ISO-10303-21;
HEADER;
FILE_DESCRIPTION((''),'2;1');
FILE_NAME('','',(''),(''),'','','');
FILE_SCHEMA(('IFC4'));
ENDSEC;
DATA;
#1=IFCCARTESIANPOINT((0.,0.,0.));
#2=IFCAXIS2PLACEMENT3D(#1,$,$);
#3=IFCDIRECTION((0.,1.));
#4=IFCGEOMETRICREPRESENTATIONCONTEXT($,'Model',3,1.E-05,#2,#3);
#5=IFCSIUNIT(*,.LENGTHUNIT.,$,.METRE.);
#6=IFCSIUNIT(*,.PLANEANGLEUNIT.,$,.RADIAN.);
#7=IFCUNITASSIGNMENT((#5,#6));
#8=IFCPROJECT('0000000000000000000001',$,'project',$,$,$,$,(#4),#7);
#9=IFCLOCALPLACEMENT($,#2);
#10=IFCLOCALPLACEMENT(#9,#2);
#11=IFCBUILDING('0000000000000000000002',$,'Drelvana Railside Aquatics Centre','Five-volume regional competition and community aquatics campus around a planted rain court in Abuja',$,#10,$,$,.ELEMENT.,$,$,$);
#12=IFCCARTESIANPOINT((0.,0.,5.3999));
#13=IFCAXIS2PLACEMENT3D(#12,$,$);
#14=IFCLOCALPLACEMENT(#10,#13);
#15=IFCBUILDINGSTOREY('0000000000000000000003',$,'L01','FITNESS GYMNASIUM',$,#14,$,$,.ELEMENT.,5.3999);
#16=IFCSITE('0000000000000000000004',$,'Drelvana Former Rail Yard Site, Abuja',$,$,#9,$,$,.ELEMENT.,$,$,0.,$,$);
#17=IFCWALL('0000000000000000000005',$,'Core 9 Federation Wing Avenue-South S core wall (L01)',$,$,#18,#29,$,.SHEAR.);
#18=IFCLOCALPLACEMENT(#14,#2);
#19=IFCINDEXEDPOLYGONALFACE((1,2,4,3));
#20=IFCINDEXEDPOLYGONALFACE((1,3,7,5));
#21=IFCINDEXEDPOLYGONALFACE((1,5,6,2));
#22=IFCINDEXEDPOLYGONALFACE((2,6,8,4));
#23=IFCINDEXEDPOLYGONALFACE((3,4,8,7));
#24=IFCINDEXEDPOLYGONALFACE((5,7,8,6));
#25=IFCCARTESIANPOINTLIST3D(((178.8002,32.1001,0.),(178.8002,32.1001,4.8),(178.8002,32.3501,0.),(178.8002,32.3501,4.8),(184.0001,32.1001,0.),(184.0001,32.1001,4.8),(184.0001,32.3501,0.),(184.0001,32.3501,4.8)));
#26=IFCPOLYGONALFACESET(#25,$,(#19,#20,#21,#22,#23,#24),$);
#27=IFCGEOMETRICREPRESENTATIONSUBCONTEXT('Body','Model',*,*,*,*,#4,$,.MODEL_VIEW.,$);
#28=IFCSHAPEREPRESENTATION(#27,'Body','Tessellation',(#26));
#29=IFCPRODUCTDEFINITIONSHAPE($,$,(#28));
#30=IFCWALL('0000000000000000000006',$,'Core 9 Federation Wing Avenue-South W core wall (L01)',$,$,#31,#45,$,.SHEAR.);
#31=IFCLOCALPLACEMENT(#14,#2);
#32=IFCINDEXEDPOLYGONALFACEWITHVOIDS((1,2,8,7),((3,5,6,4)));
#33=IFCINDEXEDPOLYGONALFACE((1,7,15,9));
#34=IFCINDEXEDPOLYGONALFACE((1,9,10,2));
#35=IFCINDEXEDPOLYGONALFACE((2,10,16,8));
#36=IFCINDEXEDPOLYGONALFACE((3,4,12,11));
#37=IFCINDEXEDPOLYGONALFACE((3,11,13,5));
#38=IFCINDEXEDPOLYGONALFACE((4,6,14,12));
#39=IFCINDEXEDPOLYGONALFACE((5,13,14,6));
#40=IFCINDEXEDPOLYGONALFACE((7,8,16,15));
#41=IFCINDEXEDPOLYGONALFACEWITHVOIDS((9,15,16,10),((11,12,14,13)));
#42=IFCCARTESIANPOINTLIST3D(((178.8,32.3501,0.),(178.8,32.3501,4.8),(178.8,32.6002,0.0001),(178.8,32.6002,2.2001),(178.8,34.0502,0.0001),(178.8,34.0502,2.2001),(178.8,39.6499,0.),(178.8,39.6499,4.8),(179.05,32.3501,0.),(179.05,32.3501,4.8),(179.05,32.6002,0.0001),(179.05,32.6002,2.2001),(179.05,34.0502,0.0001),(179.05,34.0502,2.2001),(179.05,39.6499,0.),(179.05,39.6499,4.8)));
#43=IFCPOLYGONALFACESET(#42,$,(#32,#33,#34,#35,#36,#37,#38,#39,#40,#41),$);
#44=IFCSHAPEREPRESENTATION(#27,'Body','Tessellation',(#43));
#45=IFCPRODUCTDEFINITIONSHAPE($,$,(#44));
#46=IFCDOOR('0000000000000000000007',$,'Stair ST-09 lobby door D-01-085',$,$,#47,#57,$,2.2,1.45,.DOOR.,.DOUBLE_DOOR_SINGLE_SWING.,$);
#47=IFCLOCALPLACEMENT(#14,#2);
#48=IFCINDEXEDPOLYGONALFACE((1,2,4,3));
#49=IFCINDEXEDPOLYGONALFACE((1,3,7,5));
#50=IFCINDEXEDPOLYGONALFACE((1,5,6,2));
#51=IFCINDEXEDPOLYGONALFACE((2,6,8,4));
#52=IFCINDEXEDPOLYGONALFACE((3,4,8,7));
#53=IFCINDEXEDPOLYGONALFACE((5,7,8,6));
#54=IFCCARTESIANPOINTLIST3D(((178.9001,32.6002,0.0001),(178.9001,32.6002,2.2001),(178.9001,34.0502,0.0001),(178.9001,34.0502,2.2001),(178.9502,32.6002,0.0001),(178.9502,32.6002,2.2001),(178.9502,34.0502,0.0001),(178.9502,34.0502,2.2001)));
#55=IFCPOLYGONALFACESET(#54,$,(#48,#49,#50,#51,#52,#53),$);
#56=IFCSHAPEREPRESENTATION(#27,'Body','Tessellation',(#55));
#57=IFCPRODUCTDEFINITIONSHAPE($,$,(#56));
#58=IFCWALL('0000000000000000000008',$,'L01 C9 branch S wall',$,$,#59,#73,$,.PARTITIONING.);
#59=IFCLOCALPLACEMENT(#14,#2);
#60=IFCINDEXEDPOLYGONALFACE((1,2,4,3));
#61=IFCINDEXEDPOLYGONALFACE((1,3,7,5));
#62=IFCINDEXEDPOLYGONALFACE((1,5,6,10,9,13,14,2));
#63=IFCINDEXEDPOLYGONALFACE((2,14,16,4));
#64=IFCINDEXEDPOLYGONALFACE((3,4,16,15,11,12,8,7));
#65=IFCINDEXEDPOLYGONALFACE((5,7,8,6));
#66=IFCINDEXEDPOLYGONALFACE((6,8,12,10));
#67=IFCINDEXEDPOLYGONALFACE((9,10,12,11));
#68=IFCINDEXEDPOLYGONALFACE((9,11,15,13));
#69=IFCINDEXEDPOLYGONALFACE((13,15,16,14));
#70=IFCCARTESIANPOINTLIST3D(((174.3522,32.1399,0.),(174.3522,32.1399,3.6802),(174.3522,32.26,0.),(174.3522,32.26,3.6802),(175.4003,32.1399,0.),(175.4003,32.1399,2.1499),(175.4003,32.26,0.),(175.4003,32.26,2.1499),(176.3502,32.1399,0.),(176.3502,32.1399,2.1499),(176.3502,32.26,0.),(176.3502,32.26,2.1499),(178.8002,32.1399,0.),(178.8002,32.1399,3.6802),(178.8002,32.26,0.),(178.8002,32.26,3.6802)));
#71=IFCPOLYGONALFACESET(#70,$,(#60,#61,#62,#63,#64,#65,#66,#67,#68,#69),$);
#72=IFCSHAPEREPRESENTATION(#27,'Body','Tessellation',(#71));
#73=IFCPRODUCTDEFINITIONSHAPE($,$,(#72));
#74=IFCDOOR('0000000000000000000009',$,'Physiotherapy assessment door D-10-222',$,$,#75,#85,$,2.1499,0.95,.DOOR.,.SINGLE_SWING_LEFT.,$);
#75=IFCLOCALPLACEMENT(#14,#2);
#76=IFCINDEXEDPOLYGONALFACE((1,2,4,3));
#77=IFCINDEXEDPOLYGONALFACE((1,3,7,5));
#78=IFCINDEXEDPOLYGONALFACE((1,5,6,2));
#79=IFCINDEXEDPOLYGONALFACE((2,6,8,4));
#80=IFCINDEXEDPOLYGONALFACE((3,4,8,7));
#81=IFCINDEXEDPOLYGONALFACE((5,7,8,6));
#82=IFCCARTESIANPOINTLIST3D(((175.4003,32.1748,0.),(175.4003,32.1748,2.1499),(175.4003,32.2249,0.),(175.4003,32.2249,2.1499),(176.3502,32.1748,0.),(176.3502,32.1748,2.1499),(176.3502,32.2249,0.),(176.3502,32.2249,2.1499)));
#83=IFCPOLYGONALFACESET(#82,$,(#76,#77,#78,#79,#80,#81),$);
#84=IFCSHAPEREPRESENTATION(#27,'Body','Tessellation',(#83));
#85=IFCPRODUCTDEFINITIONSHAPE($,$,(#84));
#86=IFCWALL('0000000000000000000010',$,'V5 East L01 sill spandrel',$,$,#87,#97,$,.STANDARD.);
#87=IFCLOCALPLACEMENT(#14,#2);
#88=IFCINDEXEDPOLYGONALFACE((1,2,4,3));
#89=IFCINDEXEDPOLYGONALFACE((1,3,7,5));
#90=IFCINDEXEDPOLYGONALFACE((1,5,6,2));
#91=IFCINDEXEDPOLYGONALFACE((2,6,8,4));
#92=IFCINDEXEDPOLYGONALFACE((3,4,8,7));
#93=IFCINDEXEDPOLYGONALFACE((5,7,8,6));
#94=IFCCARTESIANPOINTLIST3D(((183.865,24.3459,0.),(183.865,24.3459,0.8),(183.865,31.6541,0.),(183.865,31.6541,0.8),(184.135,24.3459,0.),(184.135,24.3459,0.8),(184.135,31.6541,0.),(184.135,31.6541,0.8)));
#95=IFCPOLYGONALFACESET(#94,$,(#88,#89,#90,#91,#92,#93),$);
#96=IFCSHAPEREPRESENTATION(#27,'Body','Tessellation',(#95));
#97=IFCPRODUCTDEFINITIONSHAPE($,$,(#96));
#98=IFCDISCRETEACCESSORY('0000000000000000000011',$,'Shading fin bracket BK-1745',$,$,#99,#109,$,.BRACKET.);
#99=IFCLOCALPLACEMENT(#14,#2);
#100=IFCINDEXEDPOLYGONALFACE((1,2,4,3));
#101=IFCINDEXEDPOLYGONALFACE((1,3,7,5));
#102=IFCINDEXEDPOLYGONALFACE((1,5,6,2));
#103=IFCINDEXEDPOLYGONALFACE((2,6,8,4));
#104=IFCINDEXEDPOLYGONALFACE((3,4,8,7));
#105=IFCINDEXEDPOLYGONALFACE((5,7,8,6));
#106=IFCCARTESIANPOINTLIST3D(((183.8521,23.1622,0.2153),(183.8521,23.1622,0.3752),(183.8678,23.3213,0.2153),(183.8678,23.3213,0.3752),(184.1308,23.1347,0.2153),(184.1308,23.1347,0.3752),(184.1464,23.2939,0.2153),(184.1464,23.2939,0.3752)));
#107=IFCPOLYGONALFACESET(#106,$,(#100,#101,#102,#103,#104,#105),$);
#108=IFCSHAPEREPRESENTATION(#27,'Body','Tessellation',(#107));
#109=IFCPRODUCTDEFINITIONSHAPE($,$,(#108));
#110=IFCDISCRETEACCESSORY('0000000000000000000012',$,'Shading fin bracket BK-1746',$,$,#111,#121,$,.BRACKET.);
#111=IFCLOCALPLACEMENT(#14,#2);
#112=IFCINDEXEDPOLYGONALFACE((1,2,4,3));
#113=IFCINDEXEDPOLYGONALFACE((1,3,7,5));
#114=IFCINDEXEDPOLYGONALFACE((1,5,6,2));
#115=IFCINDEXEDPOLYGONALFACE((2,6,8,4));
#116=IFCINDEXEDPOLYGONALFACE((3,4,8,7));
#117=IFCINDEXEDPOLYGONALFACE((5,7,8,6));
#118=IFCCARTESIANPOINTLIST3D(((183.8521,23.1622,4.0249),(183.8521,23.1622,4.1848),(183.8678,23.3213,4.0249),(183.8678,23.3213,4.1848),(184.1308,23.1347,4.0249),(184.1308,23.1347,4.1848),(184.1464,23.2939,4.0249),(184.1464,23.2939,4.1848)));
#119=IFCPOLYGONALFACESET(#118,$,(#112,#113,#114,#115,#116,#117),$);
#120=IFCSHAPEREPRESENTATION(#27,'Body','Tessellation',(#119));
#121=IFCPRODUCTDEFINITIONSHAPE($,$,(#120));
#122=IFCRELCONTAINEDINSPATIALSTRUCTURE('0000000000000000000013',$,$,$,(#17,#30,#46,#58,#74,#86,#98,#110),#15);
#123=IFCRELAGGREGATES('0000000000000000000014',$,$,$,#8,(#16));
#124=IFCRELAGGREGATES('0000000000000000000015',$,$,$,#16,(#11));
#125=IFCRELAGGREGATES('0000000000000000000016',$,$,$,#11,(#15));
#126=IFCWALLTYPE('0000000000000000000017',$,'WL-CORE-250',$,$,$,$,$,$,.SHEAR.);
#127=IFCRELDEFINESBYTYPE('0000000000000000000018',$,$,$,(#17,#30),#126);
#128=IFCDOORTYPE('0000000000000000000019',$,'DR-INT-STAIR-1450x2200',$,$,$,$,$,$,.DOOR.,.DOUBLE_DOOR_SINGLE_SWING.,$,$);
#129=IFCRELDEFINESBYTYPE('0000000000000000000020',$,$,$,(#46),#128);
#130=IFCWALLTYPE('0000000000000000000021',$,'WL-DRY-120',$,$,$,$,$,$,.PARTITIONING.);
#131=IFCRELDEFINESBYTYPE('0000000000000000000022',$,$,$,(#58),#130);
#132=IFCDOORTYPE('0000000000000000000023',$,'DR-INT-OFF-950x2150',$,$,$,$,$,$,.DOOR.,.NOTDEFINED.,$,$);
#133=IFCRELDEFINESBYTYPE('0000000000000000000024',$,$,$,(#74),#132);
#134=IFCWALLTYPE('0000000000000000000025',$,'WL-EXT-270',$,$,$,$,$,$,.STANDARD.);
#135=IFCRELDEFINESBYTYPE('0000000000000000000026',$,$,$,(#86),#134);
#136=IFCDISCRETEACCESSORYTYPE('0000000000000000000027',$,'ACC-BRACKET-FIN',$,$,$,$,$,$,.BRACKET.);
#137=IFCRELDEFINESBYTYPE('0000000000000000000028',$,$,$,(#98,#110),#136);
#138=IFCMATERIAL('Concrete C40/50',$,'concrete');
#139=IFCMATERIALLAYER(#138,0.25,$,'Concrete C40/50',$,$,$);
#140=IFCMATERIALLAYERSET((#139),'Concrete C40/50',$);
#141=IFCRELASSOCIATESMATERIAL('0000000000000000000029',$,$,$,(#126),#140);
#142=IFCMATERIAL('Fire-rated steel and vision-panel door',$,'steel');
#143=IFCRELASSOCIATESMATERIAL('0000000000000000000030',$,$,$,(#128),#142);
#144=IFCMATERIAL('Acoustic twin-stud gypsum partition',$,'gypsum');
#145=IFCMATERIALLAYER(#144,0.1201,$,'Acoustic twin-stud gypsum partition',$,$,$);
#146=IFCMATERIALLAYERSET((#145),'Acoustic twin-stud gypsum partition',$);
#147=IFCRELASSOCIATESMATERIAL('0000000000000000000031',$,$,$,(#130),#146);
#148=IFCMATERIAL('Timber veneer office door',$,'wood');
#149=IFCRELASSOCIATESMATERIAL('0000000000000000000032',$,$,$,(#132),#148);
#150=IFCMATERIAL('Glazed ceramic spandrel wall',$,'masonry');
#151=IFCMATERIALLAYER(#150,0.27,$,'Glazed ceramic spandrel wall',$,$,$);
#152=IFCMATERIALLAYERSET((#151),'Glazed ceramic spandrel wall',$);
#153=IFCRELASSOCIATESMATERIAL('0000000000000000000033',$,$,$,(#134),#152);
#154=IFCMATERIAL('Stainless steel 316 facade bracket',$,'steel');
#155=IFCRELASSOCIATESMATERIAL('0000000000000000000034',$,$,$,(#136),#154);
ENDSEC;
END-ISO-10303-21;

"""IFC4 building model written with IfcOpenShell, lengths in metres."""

from ifc_helpers import new_model, si_unit, direction, frame, frame_2d, origin, origin_2d, place, context, subcontext, project, spatial, rectangle, extrude, material, layer, layer_set, type_object, element, fill, save


model = new_model("IFC4")

# Units and contexts
model_context = context("Model", 3, precision=1e-05, world=origin(), true_north=direction((0.0, 1.0)))
body_context = subcontext(model_context, "Body", "Model", "MODEL_VIEW")
ifc_project = project(units=[si_unit("LENGTHUNIT", "METRE"), si_unit("PLANEANGLEUNIT", "RADIAN")], contexts=[model_context])

# Site, building, storey
site_placement = place(None, origin())
site = spatial("IfcSite", under=ifc_project, at=site_placement, Name="Drelvana Former Rail Yard Site, Abuja", CompositionType="ELEMENT", RefElevation=0.0)
building_placement = place(site_placement, origin())
building = spatial("IfcBuilding", under=site, at=building_placement, Name="Drelvana Railside Aquatics Centre", Description="Five-volume regional competition and community aquatics campus around a planted rain court in Abuja", CompositionType="ELEMENT")
storey_placement = place(building_placement, frame((0.0, 0.0, 5.3999)))
storey = spatial("IfcBuildingStorey", under=building, at=storey_placement, Name="L01", Description="FITNESS GYMNASIUM", CompositionType="ELEMENT", Elevation=5.3999)

# Shared definitions
ifc_material_1 = material(Name="Concrete C40/50", Category="concrete")

# Wall
ifc_layer_1 = layer(ifc_material_1, 0.25, Name="Concrete C40/50")
ifc_layer_set_1 = layer_set([ifc_layer_1], Name="Concrete C40/50")
wall_type_1 = type_object("IfcWallType", Name="WL-CORE-250", PredefinedType="SHEAR", material=ifc_layer_set_1)
wall_1_placement = place(storey_placement, frame((178.8, 32.2251, 0.0), z_axis=(0.0, 0.0, 1.0), x_axis=(1.0, 0.0, 0.0)))
element("IfcWall", 1, at=wall_1_placement, inside=storey, type_object=wall_type_1, Name="Core 9 Federation Wing Avenue-South S core wall (L01)", PredefinedType="SHEAR", context=body_context, shape_type="SweptSolid", body=[
    extrude(rectangle(XDim=5.2, YDim=0.25, at=frame_2d((2.6001, 0.0))), origin(), (0.0, 0.0, 1.0), 4.8),
])

# Walls, openings, doors
wall_2_placement = place(storey_placement, frame((178.925, 32.3501, 0.0), z_axis=(0.0, 0.0, 1.0), x_axis=(0.0, 1.0, 0.0)))
wall_2 = element("IfcWall", 2, at=wall_2_placement, inside=storey, type_object=wall_type_1, Name="Core 9 Federation Wing Avenue-South W core wall (L01)", PredefinedType="SHEAR", context=body_context, shape_type="SweptSolid", body=[
    extrude(rectangle(XDim=7.2998, YDim=0.25, at=frame_2d((3.6499, 0.0))), origin(), (0.0, 0.0, 1.0), 4.8),
])
opening_1_placement = place(wall_2_placement, frame((0.25, 0.0, 0.0)))
opening_1 = element("IfcOpeningElement", 3, at=opening_1_placement, cuts=wall_2, PredefinedType="OPENING", context=body_context, shape_type="SweptSolid", body=[
    extrude(rectangle(XDim=1.45, YDim=2.2, at=frame_2d((0.7251, 1.1001))), frame((0.0, 0.135, 0.0), z_axis=(0.0, -1.0, 0.0), x_axis=(1.0, 0.0, 0.0)), (0.0, 0.0, 1.0), 0.27),
])
ifc_material_2 = material(Name="Fire-rated steel and vision-panel door", Category="steel")
door_type_1 = type_object("IfcDoorType", Name="DR-INT-STAIR-1450x2200", OperationType="DOUBLE_DOOR_SINGLE_SWING", PredefinedType="DOOR", material=ifc_material_2)
door_1_placement = place(opening_1_placement, origin())
door_1 = element("IfcDoor", 4, at=door_1_placement, inside=storey, type_object=door_type_1, Name="Stair ST-09 lobby door D-01-085", OperationType="DOUBLE_DOOR_SINGLE_SWING", OverallHeight=2.2, OverallWidth=1.45, PredefinedType="DOOR", context=body_context, shape_type="SweptSolid", body=[
    extrude(rectangle(XDim=1.45, YDim=2.2, at=frame_2d((0.7251, 1.1001))), frame((0.0, 0.0249, 0.0), z_axis=(0.0, -1.0, 0.0), x_axis=(1.0, 0.0, 0.0)), (0.0, 0.0, 1.0), 0.05),
])
fill(opening_1, door_1)
ifc_material_3 = material(Name="Acoustic twin-stud gypsum partition", Category="gypsum")
ifc_layer_2 = layer(ifc_material_3, 0.1201, Name="Acoustic twin-stud gypsum partition")
ifc_layer_set_2 = layer_set([ifc_layer_2], Name="Acoustic twin-stud gypsum partition")
wall_type_2 = type_object("IfcWallType", Name="WL-DRY-120", PredefinedType="PARTITIONING", material=ifc_layer_set_2)
wall_3_placement = place(storey_placement, frame((174.3521, 32.2, 0.0), z_axis=(0.0, 0.0, 1.0), x_axis=(1.0, 0.0, 0.0)))
wall_3 = element("IfcWall", 5, at=wall_3_placement, inside=storey, type_object=wall_type_2, Name="L01 C9 branch S wall", PredefinedType="PARTITIONING", context=body_context, shape_type="SweptSolid", body=[
    extrude(rectangle(XDim=4.448, YDim=0.1201, at=frame_2d((2.2241, 0.0))), origin(), (0.0, 0.0, 1.0), 3.6802),
])
opening_2_placement = place(wall_3_placement, frame((1.0481, 0.0, 0.0)))
opening_2 = element("IfcOpeningElement", 6, at=opening_2_placement, cuts=wall_3, PredefinedType="OPENING", context=body_context, shape_type="SweptSolid", body=[
    extrude(rectangle(XDim=0.95, YDim=2.1499, at=frame_2d((0.4751, 1.075))), frame((0.0, 0.0701, 0.0), z_axis=(0.0, -1.0, 0.0), x_axis=(1.0, 0.0, 0.0)), (0.0, 0.0, 1.0), 0.1401),
])
ifc_material_4 = material(Name="Timber veneer office door", Category="wood")
door_type_2 = type_object("IfcDoorType", Name="DR-INT-OFF-950x2150", OperationType="NOTDEFINED", PredefinedType="DOOR", material=ifc_material_4)
door_2_placement = place(opening_2_placement, origin())
door_2 = element("IfcDoor", 7, at=door_2_placement, inside=storey, type_object=door_type_2, Name="Physiotherapy assessment door D-10-222", OperationType="SINGLE_SWING_LEFT", OverallHeight=2.1499, OverallWidth=0.95, PredefinedType="DOOR", context=body_context, shape_type="SweptSolid", body=[
    extrude(rectangle(XDim=0.95, YDim=2.1499, at=frame_2d((0.4751, 1.075))), frame((0.0, 0.0249, 0.0), z_axis=(0.0, -1.0, 0.0), x_axis=(1.0, 0.0, 0.0)), (0.0, 0.0, 1.0), 0.05),
])
fill(opening_2, door_2)

# Wall
ifc_material_5 = material(Name="Glazed ceramic spandrel wall", Category="masonry")
ifc_layer_3 = layer(ifc_material_5, 0.27, Name="Glazed ceramic spandrel wall")
ifc_layer_set_3 = layer_set([ifc_layer_3], Name="Glazed ceramic spandrel wall")
wall_type_3 = type_object("IfcWallType", Name="WL-EXT-270", PredefinedType="STANDARD", material=ifc_layer_set_3)
wall_4_placement = place(storey_placement, frame((184.0, 24.3459, 0.0), z_axis=(0.0, 0.0, 1.0), x_axis=(0.0, 1.0, 0.0)))
element("IfcWall", 8, at=wall_4_placement, inside=storey, type_object=wall_type_3, Name="V5 East L01 sill spandrel", PredefinedType="STANDARD", context=body_context, shape_type="SweptSolid", body=[
    extrude(rectangle(XDim=7.3081, YDim=0.27, at=frame_2d((3.6541, 0.0))), origin(), (0.0, 0.0, 1.0), 0.8),
])

# Discrete accessories
ifc_material_6 = material(Name="Stainless steel 316 facade bracket", Category="steel")
discrete_accessory_type = type_object("IfcDiscreteAccessoryType", Name="ACC-BRACKET-FIN", PredefinedType="BRACKET", material=ifc_material_6)
for number, where, z_axis, x_axis, name in (
    (9, (183.9993, 23.228, 0.2153), (0.0, 0.0, 1.0), (0.995185, -0.098017, 0.0), "Shading fin bracket BK-1745"),
    (10, (183.9993, 23.228, 4.0249), (0.0, 0.0, 1.0), (0.995185, -0.098017, 0.0), "Shading fin bracket BK-1746"),
):
    element("IfcDiscreteAccessory", number, at=place(storey_placement, frame(where, z_axis=z_axis, x_axis=x_axis)), inside=storey, type_object=discrete_accessory_type, Name=name, PredefinedType="BRACKET", context=body_context, shape_type="SweptSolid", body=[
        extrude(rectangle(XDim=0.28, YDim=0.1599, at=origin_2d()), origin(), (0.0, 0.0, 1.0), 0.1599),
    ])

save(model, "model.ifc")
